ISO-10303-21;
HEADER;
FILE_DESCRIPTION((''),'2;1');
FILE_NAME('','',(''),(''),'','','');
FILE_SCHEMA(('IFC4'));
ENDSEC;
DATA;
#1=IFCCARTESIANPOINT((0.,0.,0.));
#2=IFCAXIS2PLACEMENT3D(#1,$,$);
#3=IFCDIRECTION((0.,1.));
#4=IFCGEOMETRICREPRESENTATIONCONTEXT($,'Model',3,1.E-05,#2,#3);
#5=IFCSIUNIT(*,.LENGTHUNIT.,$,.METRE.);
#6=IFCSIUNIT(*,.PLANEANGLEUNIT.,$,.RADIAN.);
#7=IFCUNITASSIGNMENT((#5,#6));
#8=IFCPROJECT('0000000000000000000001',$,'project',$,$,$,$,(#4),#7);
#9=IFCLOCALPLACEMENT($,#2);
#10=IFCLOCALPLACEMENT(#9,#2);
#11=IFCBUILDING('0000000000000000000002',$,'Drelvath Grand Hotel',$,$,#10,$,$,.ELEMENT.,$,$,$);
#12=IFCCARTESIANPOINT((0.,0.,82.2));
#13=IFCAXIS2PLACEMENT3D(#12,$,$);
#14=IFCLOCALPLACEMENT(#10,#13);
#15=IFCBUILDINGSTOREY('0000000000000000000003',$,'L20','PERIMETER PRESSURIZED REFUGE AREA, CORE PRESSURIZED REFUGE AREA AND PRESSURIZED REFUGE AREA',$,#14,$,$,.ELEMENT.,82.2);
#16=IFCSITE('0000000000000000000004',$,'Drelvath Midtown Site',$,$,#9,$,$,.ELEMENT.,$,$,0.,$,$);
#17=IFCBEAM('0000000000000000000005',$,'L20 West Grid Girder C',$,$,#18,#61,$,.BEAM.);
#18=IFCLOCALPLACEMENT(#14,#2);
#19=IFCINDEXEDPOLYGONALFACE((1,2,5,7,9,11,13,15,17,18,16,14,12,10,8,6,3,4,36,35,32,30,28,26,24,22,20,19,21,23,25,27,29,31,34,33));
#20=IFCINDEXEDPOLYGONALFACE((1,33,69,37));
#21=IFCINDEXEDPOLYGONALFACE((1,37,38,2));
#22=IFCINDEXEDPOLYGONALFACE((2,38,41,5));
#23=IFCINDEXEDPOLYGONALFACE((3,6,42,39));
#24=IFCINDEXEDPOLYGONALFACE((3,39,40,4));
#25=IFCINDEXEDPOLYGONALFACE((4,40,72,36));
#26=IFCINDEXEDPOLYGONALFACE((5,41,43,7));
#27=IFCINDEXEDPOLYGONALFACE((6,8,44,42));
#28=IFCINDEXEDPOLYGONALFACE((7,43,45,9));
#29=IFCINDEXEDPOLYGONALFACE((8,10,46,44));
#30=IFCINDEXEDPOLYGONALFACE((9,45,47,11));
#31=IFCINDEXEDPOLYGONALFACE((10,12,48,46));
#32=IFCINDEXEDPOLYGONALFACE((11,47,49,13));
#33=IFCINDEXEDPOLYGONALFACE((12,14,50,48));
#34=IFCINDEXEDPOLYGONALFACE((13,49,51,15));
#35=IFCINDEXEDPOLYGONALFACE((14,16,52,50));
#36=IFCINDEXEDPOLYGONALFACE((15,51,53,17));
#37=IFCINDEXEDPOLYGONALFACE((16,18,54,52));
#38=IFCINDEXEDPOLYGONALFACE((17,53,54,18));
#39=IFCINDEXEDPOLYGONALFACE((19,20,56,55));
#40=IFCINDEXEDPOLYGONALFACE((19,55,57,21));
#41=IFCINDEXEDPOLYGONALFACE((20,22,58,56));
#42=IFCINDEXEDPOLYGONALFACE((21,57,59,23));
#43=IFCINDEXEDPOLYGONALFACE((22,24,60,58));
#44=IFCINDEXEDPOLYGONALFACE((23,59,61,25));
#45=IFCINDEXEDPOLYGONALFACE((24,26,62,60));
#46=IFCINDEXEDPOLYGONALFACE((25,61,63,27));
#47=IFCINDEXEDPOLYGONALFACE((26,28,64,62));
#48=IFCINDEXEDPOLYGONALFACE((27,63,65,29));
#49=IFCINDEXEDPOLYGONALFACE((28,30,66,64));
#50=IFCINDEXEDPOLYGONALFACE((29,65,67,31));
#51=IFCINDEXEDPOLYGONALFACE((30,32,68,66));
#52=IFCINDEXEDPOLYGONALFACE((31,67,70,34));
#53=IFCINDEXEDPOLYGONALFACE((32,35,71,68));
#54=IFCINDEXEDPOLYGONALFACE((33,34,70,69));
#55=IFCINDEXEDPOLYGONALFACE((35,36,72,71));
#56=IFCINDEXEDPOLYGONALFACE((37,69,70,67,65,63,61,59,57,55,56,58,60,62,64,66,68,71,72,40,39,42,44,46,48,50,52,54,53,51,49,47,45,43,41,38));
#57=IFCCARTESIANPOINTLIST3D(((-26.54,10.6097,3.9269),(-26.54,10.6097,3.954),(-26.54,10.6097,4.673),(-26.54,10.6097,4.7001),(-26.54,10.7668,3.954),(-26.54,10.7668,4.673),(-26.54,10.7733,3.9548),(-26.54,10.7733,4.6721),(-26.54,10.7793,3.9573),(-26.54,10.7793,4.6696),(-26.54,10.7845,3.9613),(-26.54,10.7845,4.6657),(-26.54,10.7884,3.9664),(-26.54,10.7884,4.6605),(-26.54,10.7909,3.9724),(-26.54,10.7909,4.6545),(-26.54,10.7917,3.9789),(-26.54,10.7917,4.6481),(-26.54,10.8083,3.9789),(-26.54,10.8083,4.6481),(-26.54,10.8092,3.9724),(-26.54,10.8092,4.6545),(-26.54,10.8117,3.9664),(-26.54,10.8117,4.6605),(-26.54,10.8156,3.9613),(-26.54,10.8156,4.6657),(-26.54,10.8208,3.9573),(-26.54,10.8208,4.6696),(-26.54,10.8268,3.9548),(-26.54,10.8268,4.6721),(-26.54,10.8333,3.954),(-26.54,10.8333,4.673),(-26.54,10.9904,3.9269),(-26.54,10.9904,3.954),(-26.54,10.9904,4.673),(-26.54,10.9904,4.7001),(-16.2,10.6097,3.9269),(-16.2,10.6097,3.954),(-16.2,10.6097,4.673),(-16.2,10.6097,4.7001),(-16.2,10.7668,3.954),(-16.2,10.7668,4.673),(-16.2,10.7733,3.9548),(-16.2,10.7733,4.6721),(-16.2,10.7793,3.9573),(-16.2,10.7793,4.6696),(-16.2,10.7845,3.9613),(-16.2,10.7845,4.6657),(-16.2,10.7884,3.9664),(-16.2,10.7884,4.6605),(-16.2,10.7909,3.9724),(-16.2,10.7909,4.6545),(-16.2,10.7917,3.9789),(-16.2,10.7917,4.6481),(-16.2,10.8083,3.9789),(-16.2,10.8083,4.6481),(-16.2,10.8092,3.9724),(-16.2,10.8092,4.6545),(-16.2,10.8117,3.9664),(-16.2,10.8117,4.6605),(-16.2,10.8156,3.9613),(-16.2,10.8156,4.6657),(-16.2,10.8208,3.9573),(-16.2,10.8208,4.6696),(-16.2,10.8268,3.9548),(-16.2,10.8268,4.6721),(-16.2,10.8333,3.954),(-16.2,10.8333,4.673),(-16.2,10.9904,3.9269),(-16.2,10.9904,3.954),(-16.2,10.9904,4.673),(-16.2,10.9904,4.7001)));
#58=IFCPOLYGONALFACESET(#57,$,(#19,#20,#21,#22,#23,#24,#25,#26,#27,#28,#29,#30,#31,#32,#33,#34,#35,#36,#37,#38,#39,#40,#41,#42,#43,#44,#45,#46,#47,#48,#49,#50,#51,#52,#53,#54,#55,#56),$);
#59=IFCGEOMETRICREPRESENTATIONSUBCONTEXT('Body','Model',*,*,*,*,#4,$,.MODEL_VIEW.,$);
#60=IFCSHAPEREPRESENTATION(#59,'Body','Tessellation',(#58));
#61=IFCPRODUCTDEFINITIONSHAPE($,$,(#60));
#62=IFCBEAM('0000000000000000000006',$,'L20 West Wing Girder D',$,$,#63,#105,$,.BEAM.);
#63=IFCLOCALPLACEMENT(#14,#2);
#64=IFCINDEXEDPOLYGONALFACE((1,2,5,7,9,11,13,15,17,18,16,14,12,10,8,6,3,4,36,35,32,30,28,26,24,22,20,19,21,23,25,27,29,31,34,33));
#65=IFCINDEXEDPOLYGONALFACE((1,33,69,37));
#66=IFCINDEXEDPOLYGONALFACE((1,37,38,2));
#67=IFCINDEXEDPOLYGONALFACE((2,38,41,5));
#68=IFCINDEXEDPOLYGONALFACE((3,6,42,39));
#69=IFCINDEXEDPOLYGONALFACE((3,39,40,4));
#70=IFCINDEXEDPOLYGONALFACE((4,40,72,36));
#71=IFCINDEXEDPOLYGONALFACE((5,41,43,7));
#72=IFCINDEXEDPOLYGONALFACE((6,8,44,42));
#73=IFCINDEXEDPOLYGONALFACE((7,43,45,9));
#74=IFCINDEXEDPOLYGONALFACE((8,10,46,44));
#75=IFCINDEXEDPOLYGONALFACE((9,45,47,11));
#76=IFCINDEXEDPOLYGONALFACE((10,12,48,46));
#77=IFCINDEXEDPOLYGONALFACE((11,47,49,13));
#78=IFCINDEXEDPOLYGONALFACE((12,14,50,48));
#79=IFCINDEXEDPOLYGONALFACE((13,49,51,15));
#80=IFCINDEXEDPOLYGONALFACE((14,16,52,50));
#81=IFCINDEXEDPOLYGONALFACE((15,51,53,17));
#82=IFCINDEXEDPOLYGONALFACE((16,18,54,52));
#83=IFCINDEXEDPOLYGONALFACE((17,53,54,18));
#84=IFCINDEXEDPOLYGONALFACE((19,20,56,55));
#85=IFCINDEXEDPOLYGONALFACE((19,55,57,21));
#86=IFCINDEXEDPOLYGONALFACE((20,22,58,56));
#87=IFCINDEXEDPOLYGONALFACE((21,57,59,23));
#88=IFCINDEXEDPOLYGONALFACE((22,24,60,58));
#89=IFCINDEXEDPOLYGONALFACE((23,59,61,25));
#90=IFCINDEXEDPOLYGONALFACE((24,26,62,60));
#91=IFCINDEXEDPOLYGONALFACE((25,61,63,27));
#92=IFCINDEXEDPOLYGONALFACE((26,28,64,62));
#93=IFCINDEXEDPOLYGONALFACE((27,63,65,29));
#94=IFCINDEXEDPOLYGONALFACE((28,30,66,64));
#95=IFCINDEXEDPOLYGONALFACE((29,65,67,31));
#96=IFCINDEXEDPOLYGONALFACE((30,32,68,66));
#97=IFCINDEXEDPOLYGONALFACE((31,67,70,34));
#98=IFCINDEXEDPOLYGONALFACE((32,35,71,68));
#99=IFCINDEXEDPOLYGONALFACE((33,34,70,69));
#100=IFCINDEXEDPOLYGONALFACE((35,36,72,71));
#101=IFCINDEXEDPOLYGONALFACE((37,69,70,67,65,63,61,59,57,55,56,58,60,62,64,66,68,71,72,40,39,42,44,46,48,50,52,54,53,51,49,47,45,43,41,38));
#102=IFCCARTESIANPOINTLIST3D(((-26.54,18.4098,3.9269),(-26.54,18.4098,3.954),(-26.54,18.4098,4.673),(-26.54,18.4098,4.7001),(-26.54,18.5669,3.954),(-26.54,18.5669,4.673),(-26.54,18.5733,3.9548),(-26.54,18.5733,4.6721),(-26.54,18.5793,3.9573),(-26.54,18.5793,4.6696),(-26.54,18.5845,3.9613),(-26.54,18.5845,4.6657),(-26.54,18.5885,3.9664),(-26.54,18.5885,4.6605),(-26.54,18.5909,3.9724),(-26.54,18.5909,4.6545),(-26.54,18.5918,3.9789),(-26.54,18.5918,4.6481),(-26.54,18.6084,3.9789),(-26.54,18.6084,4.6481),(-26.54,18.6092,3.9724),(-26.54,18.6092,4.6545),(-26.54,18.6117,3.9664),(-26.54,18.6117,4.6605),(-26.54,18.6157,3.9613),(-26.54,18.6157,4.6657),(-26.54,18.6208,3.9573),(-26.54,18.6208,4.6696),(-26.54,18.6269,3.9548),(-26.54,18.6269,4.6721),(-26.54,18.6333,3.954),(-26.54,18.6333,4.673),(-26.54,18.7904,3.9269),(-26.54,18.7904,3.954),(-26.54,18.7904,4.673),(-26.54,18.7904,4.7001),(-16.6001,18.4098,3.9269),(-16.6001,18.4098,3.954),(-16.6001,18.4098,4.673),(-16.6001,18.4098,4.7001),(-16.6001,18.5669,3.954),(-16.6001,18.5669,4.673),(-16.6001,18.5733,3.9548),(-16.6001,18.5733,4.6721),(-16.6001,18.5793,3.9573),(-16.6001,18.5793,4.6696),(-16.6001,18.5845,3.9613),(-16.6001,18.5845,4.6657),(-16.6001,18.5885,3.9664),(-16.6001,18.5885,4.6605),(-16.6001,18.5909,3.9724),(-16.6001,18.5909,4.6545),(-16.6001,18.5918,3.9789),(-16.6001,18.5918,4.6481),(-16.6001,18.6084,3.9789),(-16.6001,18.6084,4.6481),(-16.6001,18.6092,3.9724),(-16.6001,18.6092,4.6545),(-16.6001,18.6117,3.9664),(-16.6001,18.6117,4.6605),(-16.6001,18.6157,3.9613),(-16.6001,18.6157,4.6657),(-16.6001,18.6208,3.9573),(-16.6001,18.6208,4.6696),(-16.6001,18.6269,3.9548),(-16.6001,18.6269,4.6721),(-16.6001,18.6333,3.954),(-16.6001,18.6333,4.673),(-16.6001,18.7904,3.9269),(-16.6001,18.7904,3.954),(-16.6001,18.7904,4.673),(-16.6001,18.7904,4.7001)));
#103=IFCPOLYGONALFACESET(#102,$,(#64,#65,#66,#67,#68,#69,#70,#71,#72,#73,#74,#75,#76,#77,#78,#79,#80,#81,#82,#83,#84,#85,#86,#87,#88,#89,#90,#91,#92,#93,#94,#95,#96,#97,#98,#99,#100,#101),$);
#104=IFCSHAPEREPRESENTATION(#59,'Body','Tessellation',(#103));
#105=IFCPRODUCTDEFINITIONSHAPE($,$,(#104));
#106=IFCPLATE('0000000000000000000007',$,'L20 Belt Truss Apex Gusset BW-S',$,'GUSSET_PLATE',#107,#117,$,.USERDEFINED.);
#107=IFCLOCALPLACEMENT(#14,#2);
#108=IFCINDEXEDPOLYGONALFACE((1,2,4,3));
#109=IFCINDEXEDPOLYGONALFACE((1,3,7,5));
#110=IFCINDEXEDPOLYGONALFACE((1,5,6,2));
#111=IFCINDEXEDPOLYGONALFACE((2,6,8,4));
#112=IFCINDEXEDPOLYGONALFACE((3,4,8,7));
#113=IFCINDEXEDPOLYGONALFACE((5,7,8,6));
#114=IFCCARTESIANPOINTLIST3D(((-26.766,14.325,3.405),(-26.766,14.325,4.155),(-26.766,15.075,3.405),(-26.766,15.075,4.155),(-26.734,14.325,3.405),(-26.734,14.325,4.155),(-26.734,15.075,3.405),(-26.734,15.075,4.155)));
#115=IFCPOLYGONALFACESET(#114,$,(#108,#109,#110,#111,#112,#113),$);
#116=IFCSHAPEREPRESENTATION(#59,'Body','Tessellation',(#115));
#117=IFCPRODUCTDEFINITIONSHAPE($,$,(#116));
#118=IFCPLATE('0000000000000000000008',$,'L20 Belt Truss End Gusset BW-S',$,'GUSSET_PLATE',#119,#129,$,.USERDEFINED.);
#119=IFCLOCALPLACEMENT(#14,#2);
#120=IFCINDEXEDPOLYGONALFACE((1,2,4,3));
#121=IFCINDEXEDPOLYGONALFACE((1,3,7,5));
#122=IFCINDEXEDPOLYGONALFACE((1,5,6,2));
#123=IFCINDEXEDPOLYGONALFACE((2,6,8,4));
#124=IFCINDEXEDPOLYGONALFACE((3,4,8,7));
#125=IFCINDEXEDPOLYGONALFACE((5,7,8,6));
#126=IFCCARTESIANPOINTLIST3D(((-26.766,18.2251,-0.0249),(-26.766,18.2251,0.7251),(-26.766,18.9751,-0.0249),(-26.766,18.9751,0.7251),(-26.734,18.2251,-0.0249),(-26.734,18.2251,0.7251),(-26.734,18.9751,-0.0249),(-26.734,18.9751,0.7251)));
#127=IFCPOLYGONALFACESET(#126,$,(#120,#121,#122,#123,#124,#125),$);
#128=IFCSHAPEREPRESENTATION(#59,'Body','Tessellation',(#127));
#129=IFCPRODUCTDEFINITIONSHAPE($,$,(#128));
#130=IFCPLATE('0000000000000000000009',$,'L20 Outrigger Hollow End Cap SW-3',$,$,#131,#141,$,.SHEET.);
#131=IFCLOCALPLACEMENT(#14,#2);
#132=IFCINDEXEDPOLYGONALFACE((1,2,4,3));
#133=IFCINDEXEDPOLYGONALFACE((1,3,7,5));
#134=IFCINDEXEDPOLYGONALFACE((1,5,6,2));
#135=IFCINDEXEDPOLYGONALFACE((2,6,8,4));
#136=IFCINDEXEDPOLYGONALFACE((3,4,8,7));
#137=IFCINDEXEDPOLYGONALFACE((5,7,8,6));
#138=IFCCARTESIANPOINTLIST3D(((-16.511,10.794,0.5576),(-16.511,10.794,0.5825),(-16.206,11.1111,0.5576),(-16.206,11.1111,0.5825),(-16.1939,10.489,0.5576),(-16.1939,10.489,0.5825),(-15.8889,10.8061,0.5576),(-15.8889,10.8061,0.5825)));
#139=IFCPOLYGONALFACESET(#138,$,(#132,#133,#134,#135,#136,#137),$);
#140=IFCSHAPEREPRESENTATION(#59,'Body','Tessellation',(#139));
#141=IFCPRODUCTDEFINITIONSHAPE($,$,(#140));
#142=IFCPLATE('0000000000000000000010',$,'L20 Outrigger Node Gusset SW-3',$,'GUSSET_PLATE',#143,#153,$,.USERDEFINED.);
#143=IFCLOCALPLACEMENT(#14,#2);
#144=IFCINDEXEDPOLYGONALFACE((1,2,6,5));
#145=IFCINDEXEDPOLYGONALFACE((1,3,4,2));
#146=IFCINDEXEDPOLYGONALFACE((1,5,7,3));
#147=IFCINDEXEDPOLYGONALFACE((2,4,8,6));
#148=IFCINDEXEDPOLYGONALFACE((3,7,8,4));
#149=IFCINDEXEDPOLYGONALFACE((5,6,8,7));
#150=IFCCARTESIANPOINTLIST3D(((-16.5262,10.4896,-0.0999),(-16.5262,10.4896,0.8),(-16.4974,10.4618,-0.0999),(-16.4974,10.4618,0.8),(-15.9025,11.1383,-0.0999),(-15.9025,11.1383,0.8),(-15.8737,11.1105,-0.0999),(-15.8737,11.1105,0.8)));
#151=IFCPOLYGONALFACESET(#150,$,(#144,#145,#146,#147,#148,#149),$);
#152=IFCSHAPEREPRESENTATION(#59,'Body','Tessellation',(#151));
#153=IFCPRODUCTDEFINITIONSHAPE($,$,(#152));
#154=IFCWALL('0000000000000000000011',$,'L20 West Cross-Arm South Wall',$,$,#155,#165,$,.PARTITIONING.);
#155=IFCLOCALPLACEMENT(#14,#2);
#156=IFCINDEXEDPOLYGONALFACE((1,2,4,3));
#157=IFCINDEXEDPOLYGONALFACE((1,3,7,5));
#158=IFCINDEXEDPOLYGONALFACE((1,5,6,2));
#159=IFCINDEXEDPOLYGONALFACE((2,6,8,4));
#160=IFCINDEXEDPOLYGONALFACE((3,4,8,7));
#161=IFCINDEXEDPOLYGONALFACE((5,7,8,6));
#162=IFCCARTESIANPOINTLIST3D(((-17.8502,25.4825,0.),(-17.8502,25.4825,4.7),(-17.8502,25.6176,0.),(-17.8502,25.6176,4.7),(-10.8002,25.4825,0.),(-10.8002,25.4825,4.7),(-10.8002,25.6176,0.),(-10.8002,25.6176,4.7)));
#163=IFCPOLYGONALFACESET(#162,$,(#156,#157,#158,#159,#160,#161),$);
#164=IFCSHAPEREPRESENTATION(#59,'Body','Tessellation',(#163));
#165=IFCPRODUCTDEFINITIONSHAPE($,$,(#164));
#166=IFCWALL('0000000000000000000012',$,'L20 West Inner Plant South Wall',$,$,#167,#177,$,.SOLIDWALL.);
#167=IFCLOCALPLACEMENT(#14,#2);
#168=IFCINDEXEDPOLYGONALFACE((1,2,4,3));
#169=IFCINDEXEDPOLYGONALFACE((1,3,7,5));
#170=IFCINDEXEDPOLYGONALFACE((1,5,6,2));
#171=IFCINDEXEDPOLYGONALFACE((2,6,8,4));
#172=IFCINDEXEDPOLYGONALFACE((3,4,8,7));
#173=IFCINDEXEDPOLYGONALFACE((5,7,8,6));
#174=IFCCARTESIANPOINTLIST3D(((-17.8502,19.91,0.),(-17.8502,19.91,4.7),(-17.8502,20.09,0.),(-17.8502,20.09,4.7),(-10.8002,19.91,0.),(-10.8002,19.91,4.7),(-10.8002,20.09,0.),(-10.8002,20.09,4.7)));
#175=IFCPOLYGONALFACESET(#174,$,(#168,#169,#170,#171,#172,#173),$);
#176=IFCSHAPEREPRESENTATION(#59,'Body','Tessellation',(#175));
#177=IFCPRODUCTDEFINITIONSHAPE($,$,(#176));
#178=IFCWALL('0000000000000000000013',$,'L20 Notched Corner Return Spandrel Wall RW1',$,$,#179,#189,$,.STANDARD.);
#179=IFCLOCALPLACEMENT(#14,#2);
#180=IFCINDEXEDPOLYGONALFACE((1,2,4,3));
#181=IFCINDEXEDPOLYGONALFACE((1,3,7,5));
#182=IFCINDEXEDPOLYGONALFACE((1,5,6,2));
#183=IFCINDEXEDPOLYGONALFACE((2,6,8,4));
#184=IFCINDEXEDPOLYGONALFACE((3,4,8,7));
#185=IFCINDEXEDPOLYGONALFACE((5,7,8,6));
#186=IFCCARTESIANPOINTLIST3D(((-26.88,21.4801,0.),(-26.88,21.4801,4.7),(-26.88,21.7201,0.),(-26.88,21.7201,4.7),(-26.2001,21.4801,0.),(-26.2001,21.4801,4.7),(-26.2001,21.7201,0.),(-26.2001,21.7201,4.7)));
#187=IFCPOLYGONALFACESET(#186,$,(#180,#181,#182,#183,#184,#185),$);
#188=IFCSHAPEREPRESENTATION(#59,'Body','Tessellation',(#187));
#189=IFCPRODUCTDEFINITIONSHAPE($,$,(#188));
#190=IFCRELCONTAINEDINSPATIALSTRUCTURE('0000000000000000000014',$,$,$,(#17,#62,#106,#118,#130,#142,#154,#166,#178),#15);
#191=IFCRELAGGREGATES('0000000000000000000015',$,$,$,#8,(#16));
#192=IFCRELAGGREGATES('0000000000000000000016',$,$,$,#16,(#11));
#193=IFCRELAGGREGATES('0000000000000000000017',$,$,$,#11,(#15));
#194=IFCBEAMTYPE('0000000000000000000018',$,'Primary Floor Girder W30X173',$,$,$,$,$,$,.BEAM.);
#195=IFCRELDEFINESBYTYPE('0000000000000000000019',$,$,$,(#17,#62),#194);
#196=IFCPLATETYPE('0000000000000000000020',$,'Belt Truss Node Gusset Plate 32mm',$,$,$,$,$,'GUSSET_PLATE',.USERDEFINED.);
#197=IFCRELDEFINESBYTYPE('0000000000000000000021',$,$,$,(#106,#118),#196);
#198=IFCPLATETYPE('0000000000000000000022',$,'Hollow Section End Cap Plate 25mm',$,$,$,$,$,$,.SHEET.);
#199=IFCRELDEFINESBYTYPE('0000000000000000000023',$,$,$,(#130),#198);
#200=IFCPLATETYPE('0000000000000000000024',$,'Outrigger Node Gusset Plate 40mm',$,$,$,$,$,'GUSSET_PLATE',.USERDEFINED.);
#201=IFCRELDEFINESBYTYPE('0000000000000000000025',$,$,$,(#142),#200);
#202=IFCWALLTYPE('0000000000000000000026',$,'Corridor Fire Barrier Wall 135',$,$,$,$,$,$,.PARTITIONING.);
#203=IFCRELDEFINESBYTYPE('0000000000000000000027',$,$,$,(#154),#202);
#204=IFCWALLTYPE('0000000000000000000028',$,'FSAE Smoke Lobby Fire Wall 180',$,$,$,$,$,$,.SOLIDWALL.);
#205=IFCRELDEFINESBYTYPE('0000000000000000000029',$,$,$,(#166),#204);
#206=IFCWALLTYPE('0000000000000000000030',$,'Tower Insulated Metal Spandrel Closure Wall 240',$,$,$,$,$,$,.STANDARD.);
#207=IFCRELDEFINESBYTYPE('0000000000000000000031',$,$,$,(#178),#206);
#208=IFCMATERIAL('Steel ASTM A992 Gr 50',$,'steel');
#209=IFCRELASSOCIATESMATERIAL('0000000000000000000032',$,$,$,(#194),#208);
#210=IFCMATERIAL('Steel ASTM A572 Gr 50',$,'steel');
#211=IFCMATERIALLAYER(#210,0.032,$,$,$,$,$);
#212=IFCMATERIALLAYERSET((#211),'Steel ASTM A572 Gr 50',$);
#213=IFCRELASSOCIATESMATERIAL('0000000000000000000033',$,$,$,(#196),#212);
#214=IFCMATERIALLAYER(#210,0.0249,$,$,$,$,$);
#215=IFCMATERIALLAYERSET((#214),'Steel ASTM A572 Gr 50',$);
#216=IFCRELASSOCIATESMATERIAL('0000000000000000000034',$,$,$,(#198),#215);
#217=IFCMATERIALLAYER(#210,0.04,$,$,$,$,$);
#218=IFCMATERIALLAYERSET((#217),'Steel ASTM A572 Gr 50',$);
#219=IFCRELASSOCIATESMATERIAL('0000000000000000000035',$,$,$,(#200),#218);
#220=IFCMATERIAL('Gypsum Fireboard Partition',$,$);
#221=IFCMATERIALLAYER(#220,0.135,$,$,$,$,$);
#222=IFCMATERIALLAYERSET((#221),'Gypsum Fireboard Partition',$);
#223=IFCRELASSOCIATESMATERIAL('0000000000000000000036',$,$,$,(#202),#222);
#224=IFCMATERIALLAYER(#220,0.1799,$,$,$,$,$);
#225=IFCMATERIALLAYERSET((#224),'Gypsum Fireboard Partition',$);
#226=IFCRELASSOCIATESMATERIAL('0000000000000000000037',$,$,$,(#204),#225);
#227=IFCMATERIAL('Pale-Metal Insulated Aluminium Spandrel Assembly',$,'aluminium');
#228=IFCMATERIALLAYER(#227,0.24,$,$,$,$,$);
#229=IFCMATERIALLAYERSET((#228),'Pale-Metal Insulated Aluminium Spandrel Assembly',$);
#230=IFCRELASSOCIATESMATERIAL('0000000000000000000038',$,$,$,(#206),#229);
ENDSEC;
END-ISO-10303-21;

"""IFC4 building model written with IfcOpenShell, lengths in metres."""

from ifc_helpers import new_model, si_unit, direction, frame, frame_2d, origin, origin_2d, place, context, subcontext, project, spatial, rectangle, i_section, extrude, material, layer, layer_set, material_profile, profile_set, type_object, element, save


model = new_model("IFC4")

# Units and contexts
model_context = context("Model", 3, precision=1e-05, world=origin(), true_north=direction((0.0, 1.0)))
body_context = subcontext(model_context, "Body", "Model", "MODEL_VIEW")
ifc_project = project(units=[si_unit("LENGTHUNIT", "METRE"), si_unit("PLANEANGLEUNIT", "RADIAN")], contexts=[model_context])

# Site, building, storey
site_placement = place(None, origin())
site = spatial("IfcSite", under=ifc_project, at=site_placement, Name="Drelvath Midtown Site", CompositionType="ELEMENT", RefElevation=0.0)
building_placement = place(site_placement, origin())
building = spatial("IfcBuilding", under=site, at=building_placement, Name="Drelvath Grand Hotel", CompositionType="ELEMENT")
storey_placement = place(building_placement, frame((0.0, 0.0, 82.2)))
storey = spatial("IfcBuildingStorey", under=building, at=storey_placement, Name="L20", Description="PERIMETER PRESSURIZED REFUGE AREA, CORE PRESSURIZED REFUGE AREA AND PRESSURIZED REFUGE AREA", CompositionType="ELEMENT", Elevation=82.2)

# Shared definitions
ifc_material_1 = material(Name="Steel ASTM A572 Gr 50", Category="steel")
ifc_material_2 = material(Name="Steel ASTM A992 Gr 50", Category="steel")

# Beams
ifc_material_profile_1 = material_profile(ifc_material_2, i_section(OverallWidth=0.3806, OverallDepth=0.7732, WebThickness=0.0166, FlangeThickness=0.0271, FilletRadius=0.0249, at=origin_2d()), Name="W30X173")
ifc_profile_set_1 = profile_set([ifc_material_profile_1], Name="Steel ASTM A992 Gr 50")
beam_type_1 = type_object("IfcBeamType", Name="Primary Floor Girder W30X173", PredefinedType="BEAM", material=ifc_profile_set_1)
beam_1_placement = place(storey_placement, frame((-26.54, 10.8, 4.3135), z_axis=(1.0, 0.0, 0.0), x_axis=(0.0, 1.0, 0.0)))
element("IfcBeam", 1, at=beam_1_placement, inside=storey, type_object=beam_type_1, Name="L20 West Grid Girder C", PredefinedType="BEAM", context=body_context, shape_type="SweptSolid", body=[
    extrude(i_section(OverallWidth=0.3806, OverallDepth=0.7732, WebThickness=0.0166, FlangeThickness=0.0271, FilletRadius=0.0249, at=origin_2d()), origin(), (0.0, 0.0, 1.0), 10.3401),
])
beam_2_placement = place(storey_placement, frame((-26.54, 18.6001, 4.3135), z_axis=(1.0, 0.0, 0.0), x_axis=(0.0, 1.0, 0.0)))
element("IfcBeam", 2, at=beam_2_placement, inside=storey, type_object=beam_type_1, Name="L20 West Wing Girder D", PredefinedType="BEAM", context=body_context, shape_type="SweptSolid", body=[
    extrude(i_section(OverallWidth=0.3806, OverallDepth=0.7732, WebThickness=0.0166, FlangeThickness=0.0271, FilletRadius=0.0249, at=origin_2d()), origin(), (0.0, 0.0, 1.0), 9.9399),
])

# Plates
ifc_layer_1 = layer(ifc_material_1, 0.032)
ifc_layer_set_1 = layer_set([ifc_layer_1], Name="Steel ASTM A572 Gr 50")
plate_type_1 = type_object("IfcPlateType", Name="Belt Truss Node Gusset Plate 32mm", ElementType="GUSSET_PLATE", PredefinedType="USERDEFINED", material=ifc_layer_set_1)
for number, where, z_axis, x_axis, name in (
    (3, (-26.75, 14.7, 3.405), (0.0, 0.0, 1.0), (0.0, 1.0, 0.0), "L20 Belt Truss Apex Gusset BW-S"),
    (4, (-26.75, 18.6001, -0.0249), (0.0, 0.0, 1.0), (0.0, 1.0, 0.0), "L20 Belt Truss End Gusset BW-S"),
):
    element("IfcPlate", number, at=place(storey_placement, frame(where, z_axis=z_axis, x_axis=x_axis)), inside=storey, type_object=plate_type_1, Name=name, ObjectType="GUSSET_PLATE", PredefinedType="USERDEFINED", context=body_context, shape_type="SweptSolid", body=[
        extrude(rectangle(XDim=0.75, YDim=0.032, at=origin_2d()), origin(), (0.0, 0.0, 1.0), 0.75),
    ])
ifc_layer_2 = layer(ifc_material_1, 0.0249)
ifc_layer_set_2 = layer_set([ifc_layer_2], Name="Steel ASTM A572 Gr 50")
plate_type_2 = type_object("IfcPlateType", Name="Hollow Section End Cap Plate 25mm", PredefinedType="SHEET", material=ifc_layer_set_2)
plate_1_placement = place(storey_placement, frame((-16.2, 10.8, 0.5576), z_axis=(0.0, 0.0, 1.0), x_axis=(-0.693109, -0.720833, 0.0)))
element("IfcPlate", 5, at=plate_1_placement, inside=storey, type_object=plate_type_2, Name="L20 Outrigger Hollow End Cap SW-3", PredefinedType="SHEET", context=body_context, shape_type="SweptSolid", body=[
    extrude(rectangle(XDim=0.4399, YDim=0.4399, at=origin_2d()), origin(), (0.0, 0.0, 1.0), 0.0249),
])
ifc_layer_3 = layer(ifc_material_1, 0.04)
ifc_layer_set_3 = layer_set([ifc_layer_3], Name="Steel ASTM A572 Gr 50")
plate_type_3 = type_object("IfcPlateType", Name="Outrigger Node Gusset Plate 40mm", ElementType="GUSSET_PLATE", PredefinedType="USERDEFINED", material=ifc_layer_set_3)
plate_2_placement = place(storey_placement, frame((-16.2, 10.8, -0.0999), z_axis=(0.0, 0.0, 1.0), x_axis=(-0.693109, -0.720833, 0.0)))
element("IfcPlate", 6, at=plate_2_placement, inside=storey, type_object=plate_type_3, Name="L20 Outrigger Node Gusset SW-3", ObjectType="GUSSET_PLATE", PredefinedType="USERDEFINED", context=body_context, shape_type="SweptSolid", body=[
    extrude(rectangle(XDim=0.8999, YDim=0.04, at=origin_2d()), origin(), (0.0, 0.0, 1.0), 0.8999),
])

# Walls
ifc_material_3 = material(Name="Gypsum Fireboard Partition")
ifc_layer_4 = layer(ifc_material_3, 0.135)
ifc_layer_set_4 = layer_set([ifc_layer_4], Name="Gypsum Fireboard Partition")
wall_type_1 = type_object("IfcWallType", Name="Corridor Fire Barrier Wall 135", PredefinedType="PARTITIONING", material=ifc_layer_set_4)
wall_1_placement = place(storey_placement, frame((-17.8501, 25.55, 0.0), z_axis=(0.0, 0.0, 1.0), x_axis=(1.0, 0.0, 0.0)))
element("IfcWall", 7, at=wall_1_placement, inside=storey, type_object=wall_type_1, Name="L20 West Cross-Arm South Wall", PredefinedType="PARTITIONING", context=body_context, shape_type="SweptSolid", body=[
    extrude(rectangle(XDim=7.05, YDim=0.135, at=frame_2d((3.5249, 0.0))), origin(), (0.0, 0.0, 1.0), 4.7),
])
ifc_layer_5 = layer(ifc_material_3, 0.1799)
ifc_layer_set_5 = layer_set([ifc_layer_5], Name="Gypsum Fireboard Partition")
wall_type_2 = type_object("IfcWallType", Name="FSAE Smoke Lobby Fire Wall 180", PredefinedType="SOLIDWALL", material=ifc_layer_set_5)
wall_2_placement = place(storey_placement, frame((-17.8501, 20.0, 0.0), z_axis=(0.0, 0.0, 1.0), x_axis=(1.0, 0.0, 0.0)))
element("IfcWall", 8, at=wall_2_placement, inside=storey, type_object=wall_type_2, Name="L20 West Inner Plant South Wall", PredefinedType="SOLIDWALL", context=body_context, shape_type="SweptSolid", body=[
    extrude(rectangle(XDim=7.05, YDim=0.1799, at=frame_2d((3.5249, 0.0))), origin(), (0.0, 0.0, 1.0), 4.7),
])
ifc_material_4 = material(Name="Pale-Metal Insulated Aluminium Spandrel Assembly", Category="aluminium")
ifc_layer_6 = layer(ifc_material_4, 0.24)
ifc_layer_set_6 = layer_set([ifc_layer_6], Name="Pale-Metal Insulated Aluminium Spandrel Assembly")
wall_type_3 = type_object("IfcWallType", Name="Tower Insulated Metal Spandrel Closure Wall 240", PredefinedType="STANDARD", material=ifc_layer_set_6)
wall_3_placement = place(storey_placement, frame((-26.8799, 21.6001, 0.0), z_axis=(0.0, 0.0, 1.0), x_axis=(1.0, 0.0, 0.0)))
element("IfcWall", 9, at=wall_3_placement, inside=storey, type_object=wall_type_3, Name="L20 Notched Corner Return Spandrel Wall RW1", PredefinedType="STANDARD", context=body_context, shape_type="SweptSolid", body=[
    extrude(rectangle(XDim=0.6799, YDim=0.24, at=frame_2d((0.3398, 0.0))), origin(), (0.0, 0.0, 1.0), 4.7),
])

save(model, "model.ifc")
